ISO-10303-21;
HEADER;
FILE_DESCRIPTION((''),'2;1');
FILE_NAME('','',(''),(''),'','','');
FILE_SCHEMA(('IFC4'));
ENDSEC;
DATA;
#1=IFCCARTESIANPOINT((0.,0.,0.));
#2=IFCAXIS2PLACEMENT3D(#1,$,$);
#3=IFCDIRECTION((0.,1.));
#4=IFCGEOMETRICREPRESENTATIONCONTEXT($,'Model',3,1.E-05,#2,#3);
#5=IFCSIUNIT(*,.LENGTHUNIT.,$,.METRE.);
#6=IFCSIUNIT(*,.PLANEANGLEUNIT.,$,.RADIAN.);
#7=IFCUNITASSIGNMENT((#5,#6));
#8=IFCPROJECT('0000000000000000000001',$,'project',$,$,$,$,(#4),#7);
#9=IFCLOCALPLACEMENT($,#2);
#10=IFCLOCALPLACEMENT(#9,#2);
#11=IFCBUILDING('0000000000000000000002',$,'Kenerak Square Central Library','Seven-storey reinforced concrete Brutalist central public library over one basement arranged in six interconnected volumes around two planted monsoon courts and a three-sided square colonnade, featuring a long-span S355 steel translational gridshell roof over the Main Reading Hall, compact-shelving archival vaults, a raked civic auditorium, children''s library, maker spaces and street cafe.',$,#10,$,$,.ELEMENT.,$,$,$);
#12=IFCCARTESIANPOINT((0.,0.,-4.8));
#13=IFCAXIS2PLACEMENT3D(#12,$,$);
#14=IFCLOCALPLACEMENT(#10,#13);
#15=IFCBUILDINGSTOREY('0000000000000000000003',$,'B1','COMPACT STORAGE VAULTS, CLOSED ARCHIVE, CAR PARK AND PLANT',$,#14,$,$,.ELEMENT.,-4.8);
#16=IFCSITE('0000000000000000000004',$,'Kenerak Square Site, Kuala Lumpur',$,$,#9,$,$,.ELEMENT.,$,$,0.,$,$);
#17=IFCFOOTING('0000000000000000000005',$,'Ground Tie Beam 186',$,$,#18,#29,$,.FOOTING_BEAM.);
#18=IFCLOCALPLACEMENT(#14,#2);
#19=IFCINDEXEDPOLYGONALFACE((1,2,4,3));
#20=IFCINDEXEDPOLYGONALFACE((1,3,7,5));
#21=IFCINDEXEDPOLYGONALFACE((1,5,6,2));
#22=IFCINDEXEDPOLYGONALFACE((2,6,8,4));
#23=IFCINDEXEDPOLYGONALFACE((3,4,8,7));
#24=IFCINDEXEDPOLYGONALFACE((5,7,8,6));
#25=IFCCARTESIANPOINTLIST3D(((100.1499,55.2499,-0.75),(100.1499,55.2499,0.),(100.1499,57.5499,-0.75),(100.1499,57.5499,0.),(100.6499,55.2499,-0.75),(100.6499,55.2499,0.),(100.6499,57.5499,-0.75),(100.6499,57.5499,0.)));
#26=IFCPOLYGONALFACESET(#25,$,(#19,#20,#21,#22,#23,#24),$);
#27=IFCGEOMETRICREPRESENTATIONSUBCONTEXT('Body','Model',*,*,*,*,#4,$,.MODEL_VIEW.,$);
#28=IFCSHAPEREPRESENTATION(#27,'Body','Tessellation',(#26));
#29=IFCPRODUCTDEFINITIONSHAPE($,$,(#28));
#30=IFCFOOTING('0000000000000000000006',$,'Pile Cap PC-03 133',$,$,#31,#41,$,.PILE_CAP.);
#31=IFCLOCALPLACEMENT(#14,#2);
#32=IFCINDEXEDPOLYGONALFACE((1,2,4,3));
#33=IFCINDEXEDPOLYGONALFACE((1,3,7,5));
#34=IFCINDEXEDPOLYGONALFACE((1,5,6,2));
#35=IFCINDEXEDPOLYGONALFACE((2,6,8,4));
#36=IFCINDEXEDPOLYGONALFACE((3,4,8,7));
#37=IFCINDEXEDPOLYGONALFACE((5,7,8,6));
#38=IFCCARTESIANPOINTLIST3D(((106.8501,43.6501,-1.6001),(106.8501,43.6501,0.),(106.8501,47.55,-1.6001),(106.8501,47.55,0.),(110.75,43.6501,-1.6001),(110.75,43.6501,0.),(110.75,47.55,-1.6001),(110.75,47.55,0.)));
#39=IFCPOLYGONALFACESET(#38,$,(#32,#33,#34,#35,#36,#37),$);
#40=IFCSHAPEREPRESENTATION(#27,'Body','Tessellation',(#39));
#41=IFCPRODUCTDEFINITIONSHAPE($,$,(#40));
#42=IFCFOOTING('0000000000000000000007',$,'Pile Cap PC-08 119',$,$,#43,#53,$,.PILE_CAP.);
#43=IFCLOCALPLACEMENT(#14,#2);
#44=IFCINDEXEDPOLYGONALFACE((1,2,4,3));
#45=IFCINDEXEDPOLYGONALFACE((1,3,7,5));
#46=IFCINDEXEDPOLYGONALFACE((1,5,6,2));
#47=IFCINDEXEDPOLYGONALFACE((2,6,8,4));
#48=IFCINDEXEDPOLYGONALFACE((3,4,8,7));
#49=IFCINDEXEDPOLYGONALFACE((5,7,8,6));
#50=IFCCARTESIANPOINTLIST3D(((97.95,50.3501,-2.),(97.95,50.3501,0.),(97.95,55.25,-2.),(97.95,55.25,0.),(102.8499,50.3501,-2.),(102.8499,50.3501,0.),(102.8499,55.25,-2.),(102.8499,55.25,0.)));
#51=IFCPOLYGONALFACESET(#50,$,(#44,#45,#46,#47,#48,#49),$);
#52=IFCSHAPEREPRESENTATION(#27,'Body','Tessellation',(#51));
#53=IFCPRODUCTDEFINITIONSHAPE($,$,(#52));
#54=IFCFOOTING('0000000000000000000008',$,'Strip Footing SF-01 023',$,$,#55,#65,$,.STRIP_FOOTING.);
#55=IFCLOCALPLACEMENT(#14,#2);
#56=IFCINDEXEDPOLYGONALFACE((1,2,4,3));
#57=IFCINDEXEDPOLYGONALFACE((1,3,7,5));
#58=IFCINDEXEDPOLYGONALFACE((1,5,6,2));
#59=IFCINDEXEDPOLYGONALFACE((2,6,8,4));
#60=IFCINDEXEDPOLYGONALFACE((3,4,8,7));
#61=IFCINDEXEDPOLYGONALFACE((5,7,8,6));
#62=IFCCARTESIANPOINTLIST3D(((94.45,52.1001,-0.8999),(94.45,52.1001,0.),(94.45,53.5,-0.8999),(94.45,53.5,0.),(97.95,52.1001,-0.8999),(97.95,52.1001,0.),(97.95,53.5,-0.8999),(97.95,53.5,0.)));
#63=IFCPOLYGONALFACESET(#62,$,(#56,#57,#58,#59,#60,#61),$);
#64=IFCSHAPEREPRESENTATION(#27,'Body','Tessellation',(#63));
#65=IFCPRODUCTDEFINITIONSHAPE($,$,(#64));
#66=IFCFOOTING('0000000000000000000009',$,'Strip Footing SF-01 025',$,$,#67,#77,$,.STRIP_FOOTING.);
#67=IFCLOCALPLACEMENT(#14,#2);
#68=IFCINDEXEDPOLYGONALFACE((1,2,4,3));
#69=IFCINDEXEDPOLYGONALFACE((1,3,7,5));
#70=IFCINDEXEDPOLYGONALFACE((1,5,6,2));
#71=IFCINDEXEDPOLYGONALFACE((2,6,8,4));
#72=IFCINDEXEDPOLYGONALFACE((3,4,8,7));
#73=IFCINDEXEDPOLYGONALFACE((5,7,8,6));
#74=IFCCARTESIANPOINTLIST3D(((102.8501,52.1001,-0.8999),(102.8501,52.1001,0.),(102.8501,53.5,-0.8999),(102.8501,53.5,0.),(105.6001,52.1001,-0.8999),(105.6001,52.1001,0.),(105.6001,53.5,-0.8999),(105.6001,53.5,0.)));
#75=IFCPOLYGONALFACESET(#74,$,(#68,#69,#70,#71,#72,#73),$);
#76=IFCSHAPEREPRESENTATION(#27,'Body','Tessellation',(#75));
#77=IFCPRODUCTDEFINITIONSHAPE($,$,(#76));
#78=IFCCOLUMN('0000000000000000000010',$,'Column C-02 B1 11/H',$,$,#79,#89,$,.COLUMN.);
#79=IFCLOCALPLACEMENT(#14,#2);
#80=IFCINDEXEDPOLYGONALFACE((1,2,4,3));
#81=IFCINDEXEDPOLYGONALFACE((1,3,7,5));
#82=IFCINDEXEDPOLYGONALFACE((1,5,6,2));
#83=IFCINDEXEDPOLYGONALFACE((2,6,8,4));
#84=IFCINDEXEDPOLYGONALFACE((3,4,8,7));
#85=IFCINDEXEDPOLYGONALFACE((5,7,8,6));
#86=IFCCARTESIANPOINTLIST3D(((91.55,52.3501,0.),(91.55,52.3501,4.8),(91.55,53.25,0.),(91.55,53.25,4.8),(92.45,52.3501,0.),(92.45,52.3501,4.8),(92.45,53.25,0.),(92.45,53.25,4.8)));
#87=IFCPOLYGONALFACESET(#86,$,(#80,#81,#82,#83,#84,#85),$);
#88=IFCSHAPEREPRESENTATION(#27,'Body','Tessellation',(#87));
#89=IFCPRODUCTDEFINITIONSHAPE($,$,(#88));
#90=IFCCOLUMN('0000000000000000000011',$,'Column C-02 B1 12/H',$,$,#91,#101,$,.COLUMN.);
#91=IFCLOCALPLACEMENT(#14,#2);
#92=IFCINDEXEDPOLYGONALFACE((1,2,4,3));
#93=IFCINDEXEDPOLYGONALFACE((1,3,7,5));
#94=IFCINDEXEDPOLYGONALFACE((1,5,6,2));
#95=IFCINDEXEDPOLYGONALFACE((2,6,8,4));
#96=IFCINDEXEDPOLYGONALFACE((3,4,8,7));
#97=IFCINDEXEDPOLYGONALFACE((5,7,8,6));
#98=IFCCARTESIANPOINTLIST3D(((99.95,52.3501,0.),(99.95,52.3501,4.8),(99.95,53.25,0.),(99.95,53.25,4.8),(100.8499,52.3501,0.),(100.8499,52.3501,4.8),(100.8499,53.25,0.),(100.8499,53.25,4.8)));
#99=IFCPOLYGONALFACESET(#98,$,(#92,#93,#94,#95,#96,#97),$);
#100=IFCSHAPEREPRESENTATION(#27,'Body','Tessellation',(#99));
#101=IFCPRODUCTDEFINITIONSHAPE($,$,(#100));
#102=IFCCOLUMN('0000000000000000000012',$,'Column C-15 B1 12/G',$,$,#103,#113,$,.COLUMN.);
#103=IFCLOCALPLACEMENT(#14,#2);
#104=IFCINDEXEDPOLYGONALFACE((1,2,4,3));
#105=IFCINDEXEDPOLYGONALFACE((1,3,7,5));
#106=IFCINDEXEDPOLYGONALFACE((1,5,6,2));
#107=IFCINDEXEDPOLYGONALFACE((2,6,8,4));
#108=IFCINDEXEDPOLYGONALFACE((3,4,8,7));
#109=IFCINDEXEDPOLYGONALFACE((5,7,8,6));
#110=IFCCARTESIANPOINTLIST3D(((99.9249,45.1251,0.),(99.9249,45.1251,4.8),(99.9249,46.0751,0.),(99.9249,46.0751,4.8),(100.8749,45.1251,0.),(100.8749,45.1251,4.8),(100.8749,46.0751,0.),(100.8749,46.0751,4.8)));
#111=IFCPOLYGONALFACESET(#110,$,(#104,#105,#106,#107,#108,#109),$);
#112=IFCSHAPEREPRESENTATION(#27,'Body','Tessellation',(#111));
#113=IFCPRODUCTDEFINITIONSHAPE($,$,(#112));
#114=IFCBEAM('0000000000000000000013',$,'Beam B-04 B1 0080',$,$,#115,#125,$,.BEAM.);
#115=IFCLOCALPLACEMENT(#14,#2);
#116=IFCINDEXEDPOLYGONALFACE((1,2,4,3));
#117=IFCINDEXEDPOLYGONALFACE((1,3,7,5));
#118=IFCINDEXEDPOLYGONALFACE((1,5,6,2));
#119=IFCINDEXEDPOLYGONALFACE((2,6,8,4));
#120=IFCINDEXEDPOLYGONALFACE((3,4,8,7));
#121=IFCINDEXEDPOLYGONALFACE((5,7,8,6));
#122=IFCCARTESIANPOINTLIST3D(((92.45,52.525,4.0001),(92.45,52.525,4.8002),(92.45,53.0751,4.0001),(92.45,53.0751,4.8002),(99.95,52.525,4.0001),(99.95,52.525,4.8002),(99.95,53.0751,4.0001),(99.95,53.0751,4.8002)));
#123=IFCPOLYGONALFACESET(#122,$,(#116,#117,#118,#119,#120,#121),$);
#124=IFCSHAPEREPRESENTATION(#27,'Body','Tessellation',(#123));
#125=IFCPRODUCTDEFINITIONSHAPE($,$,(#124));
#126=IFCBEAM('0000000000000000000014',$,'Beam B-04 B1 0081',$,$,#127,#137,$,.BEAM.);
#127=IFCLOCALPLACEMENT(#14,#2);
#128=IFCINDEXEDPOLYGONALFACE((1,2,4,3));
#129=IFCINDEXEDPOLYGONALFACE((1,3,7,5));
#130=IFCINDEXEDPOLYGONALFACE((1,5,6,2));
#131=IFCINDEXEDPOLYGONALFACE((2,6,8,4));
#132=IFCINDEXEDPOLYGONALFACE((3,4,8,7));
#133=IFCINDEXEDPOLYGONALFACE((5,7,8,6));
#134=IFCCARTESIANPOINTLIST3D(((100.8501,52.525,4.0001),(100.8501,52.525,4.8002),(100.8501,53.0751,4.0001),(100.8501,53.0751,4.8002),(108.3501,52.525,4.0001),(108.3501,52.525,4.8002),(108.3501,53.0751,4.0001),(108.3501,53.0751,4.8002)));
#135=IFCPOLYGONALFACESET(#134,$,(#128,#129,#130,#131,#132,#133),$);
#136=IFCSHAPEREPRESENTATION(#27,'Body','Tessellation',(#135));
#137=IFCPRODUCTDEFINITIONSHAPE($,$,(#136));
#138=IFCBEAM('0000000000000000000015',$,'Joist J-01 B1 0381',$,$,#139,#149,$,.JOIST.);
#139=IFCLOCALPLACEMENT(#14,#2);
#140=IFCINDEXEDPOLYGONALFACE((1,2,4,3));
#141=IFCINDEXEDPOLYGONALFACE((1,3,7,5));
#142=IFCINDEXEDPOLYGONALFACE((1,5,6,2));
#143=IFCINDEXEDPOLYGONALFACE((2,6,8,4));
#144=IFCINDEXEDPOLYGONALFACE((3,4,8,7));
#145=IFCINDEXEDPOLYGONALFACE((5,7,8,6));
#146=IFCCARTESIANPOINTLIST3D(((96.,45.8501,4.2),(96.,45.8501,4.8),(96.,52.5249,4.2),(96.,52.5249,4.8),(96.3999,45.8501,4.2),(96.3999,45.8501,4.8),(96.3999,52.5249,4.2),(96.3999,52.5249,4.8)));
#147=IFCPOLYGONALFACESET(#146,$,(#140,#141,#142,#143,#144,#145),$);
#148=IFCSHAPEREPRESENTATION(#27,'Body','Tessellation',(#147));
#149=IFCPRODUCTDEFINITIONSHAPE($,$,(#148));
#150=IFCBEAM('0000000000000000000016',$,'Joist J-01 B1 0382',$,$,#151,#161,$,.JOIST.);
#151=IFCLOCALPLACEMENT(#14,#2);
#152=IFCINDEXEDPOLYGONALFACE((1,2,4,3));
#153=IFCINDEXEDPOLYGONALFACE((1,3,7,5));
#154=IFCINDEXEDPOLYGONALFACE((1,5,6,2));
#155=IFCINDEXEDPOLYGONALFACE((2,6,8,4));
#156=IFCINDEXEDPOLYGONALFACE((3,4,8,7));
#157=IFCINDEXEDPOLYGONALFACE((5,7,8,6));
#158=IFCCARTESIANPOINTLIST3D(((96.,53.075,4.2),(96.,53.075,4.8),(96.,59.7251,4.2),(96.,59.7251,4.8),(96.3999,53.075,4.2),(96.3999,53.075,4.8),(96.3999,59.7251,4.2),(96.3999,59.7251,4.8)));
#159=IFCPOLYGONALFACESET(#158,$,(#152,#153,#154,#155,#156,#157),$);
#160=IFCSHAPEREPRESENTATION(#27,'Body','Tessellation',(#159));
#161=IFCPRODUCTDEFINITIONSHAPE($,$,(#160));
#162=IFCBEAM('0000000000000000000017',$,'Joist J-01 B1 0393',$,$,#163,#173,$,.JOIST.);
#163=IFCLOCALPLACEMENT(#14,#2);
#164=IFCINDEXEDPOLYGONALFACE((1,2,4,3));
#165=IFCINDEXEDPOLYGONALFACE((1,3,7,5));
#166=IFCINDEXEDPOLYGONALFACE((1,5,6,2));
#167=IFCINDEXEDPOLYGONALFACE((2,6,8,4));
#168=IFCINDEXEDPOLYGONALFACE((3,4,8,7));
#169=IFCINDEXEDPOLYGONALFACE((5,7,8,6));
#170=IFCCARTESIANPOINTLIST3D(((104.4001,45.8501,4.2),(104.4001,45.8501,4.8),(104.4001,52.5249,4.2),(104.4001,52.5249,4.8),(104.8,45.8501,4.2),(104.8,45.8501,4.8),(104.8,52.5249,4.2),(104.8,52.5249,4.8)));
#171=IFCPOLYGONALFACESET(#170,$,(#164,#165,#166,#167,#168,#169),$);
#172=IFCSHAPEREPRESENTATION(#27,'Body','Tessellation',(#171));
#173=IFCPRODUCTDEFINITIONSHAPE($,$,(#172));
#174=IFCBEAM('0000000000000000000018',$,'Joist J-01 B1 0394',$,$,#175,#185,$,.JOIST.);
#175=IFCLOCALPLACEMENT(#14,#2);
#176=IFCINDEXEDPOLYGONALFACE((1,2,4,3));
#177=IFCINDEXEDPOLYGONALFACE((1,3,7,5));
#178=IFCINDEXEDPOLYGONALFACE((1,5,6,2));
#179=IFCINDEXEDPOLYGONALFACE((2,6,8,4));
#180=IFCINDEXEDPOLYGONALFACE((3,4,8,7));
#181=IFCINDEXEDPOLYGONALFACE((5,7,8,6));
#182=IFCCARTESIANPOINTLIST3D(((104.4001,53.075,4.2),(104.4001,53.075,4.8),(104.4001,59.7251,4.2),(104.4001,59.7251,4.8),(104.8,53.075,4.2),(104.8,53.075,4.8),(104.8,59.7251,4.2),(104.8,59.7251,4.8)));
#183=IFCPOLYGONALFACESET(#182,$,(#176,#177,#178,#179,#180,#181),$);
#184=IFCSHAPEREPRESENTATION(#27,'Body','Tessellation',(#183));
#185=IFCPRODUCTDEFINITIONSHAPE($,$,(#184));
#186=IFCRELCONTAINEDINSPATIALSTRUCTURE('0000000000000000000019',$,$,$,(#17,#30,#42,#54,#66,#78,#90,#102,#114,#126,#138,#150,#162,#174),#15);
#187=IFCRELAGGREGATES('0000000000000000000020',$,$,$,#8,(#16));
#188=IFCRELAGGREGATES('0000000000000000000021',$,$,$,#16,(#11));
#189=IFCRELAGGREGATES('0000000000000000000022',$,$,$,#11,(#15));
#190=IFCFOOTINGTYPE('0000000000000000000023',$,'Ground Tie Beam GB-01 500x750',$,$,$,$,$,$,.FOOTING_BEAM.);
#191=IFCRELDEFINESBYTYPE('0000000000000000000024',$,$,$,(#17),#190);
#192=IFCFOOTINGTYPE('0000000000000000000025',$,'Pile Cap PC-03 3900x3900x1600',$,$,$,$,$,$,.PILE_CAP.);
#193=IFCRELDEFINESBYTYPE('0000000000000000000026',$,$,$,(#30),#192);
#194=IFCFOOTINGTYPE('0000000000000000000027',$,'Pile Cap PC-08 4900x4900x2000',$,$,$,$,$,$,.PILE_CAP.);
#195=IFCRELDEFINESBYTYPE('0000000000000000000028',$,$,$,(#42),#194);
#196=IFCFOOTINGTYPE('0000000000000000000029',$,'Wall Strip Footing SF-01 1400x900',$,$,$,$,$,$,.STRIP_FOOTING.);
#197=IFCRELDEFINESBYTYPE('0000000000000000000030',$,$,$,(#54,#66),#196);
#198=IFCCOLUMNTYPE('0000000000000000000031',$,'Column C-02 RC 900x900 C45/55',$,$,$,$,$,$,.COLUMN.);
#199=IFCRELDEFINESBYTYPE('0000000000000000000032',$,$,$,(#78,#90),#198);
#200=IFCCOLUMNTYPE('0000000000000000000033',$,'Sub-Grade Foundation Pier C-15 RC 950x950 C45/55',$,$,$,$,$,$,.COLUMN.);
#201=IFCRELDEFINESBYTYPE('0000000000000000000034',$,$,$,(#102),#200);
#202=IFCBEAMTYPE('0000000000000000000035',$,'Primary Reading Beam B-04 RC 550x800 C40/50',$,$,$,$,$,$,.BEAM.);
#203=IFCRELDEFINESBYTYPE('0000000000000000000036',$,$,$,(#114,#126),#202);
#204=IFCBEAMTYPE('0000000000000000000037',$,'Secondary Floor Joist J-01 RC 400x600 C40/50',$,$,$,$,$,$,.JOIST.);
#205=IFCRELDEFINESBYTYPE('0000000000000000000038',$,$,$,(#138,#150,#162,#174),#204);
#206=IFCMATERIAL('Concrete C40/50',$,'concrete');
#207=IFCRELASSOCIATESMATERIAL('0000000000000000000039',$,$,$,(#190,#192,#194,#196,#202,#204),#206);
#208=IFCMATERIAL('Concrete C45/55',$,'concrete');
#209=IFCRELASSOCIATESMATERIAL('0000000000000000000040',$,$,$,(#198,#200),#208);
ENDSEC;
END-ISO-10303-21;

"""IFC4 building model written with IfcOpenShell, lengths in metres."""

from ifc_helpers import new_model, si_unit, direction, frame, origin, origin_2d, place, context, subcontext, project, spatial, rectangle, extrude, material, material_profile, profile_set, type_object, element, save


model = new_model("IFC4")

# Units and contexts
model_context = context("Model", 3, precision=1e-05, world=origin(), true_north=direction((0.0, 1.0)))
body_context = subcontext(model_context, "Body", "Model", "MODEL_VIEW")
ifc_project = project(units=[si_unit("LENGTHUNIT", "METRE"), si_unit("PLANEANGLEUNIT", "RADIAN")], contexts=[model_context])

# Site, building, storey
site_placement = place(None, origin())
site = spatial("IfcSite", under=ifc_project, at=site_placement, Name="Kenerak Square Site, Kuala Lumpur", CompositionType="ELEMENT", RefElevation=0.0)
building_placement = place(site_placement, origin())
building = spatial("IfcBuilding", under=site, at=building_placement, Name="Kenerak Square Central Library", Description="Seven-storey reinforced concrete Brutalist central public library over one basement arranged in six interconnected volumes around two planted monsoon courts and a three-sided square colonnade, featuring a long-span S355 steel translational gridshell roof over the Main Reading Hall, compact-shelving archival vaults, a raked civic auditorium, children's library, maker spaces and street cafe.", CompositionType="ELEMENT")
storey_placement = place(building_placement, frame((0.0, 0.0, -4.8)))
storey = spatial("IfcBuildingStorey", under=building, at=storey_placement, Name="B1", Description="COMPACT STORAGE VAULTS, CLOSED ARCHIVE, CAR PARK AND PLANT", CompositionType="ELEMENT", Elevation=-4.8)

# Shared definitions
ifc_material_1 = material(Name="Concrete C40/50", Category="concrete")

# Footings
footing_type_1 = type_object("IfcFootingType", Name="Ground Tie Beam GB-01 500x750", PredefinedType="FOOTING_BEAM", material=ifc_material_1)
footing_1_placement = place(storey_placement, frame((100.3999, 56.3999, -0.75), z_axis=(0.0, 0.0, 1.0), x_axis=(1.0, 0.0, 0.0)))
element("IfcFooting", 1, at=footing_1_placement, inside=storey, type_object=footing_type_1, Name="Ground Tie Beam 186", PredefinedType="FOOTING_BEAM", context=body_context, shape_type="SweptSolid", body=[
    extrude(rectangle(XDim=0.5, YDim=2.3, at=origin_2d()), origin(), (0.0, 0.0, 1.0), 0.75),
])
footing_type_2 = type_object("IfcFootingType", Name="Pile Cap PC-03 3900x3900x1600", PredefinedType="PILE_CAP", material=ifc_material_1)
footing_2_placement = place(storey_placement, frame((108.8, 45.6001, -1.6001), z_axis=(0.0, 0.0, 1.0), x_axis=(1.0, 0.0, 0.0)))
element("IfcFooting", 2, at=footing_2_placement, inside=storey, type_object=footing_type_2, Name="Pile Cap PC-03 133", PredefinedType="PILE_CAP", context=body_context, shape_type="SweptSolid", body=[
    extrude(rectangle(XDim=3.8999, YDim=3.8999, at=origin_2d()), origin(), (0.0, 0.0, 1.0), 1.6001),
])
footing_type_3 = type_object("IfcFootingType", Name="Pile Cap PC-08 4900x4900x2000", PredefinedType="PILE_CAP", material=ifc_material_1)
footing_3_placement = place(storey_placement, frame((100.3999, 52.8, -2.0), z_axis=(0.0, 0.0, 1.0), x_axis=(1.0, 0.0, 0.0)))
element("IfcFooting", 3, at=footing_3_placement, inside=storey, type_object=footing_type_3, Name="Pile Cap PC-08 119", PredefinedType="PILE_CAP", context=body_context, shape_type="SweptSolid", body=[
    extrude(rectangle(XDim=4.8999, YDim=4.8999, at=origin_2d()), origin(), (0.0, 0.0, 1.0), 2.0),
])
footing_type_4 = type_object("IfcFootingType", Name="Wall Strip Footing SF-01 1400x900", PredefinedType="STRIP_FOOTING", material=ifc_material_1)
footing_4_placement = place(storey_placement, frame((96.2, 52.8, -0.8999), z_axis=(0.0, 0.0, 1.0), x_axis=(1.0, 0.0, 0.0)))
element("IfcFooting", 4, at=footing_4_placement, inside=storey, type_object=footing_type_4, Name="Strip Footing SF-01 023", PredefinedType="STRIP_FOOTING", context=body_context, shape_type="SweptSolid", body=[
    extrude(rectangle(XDim=3.5, YDim=1.3999, at=origin_2d()), origin(), (0.0, 0.0, 1.0), 0.8999),
])
footing_5_placement = place(storey_placement, frame((104.2251, 52.8, -0.8999), z_axis=(0.0, 0.0, 1.0), x_axis=(1.0, 0.0, 0.0)))
element("IfcFooting", 5, at=footing_5_placement, inside=storey, type_object=footing_type_4, Name="Strip Footing SF-01 025", PredefinedType="STRIP_FOOTING", context=body_context, shape_type="SweptSolid", body=[
    extrude(rectangle(XDim=2.75, YDim=1.3999, at=origin_2d()), origin(), (0.0, 0.0, 1.0), 0.8999),
])

# Columns
ifc_material_2 = material(Name="Concrete C45/55", Category="concrete")
ifc_material_profile_1 = material_profile(ifc_material_2, rectangle(XDim=0.8999, YDim=0.8999, at=origin_2d()), Name="RC 900x900")
ifc_profile_set_1 = profile_set([ifc_material_profile_1], Name="Concrete C45/55")
column_type_1 = type_object("IfcColumnType", Name="Column C-02 RC 900x900 C45/55", PredefinedType="COLUMN", material=ifc_profile_set_1)
for number, where, z_axis, x_axis, name in (
    (6, (92.0, 52.8, 0.0), (0.0, 0.0, 1.0), (1.0, 0.0, 0.0), "Column C-02 B1 11/H"),
    (7, (100.3999, 52.8, 0.0), (0.0, 0.0, 1.0), (1.0, 0.0, 0.0), "Column C-02 B1 12/H"),
):
    element("IfcColumn", number, at=place(storey_placement, frame(where, z_axis=z_axis, x_axis=x_axis)), inside=storey, type_object=column_type_1, Name=name, PredefinedType="COLUMN", context=body_context, shape_type="SweptSolid", body=[
        extrude(rectangle(XDim=0.8999, YDim=0.8999, at=origin_2d()), origin(), (0.0, 0.0, 1.0), 4.8),
    ])
ifc_material_profile_2 = material_profile(ifc_material_2, rectangle(XDim=0.95, YDim=0.95, at=origin_2d()), Name="RC 950x950")
ifc_profile_set_2 = profile_set([ifc_material_profile_2], Name="Concrete C45/55")
column_type_2 = type_object("IfcColumnType", Name="Sub-Grade Foundation Pier C-15 RC 950x950 C45/55", PredefinedType="COLUMN", material=ifc_profile_set_2)
column_placement = place(storey_placement, frame((100.3999, 45.6001, 0.0), z_axis=(0.0, 0.0, 1.0), x_axis=(1.0, 0.0, 0.0)))
element("IfcColumn", 8, at=column_placement, inside=storey, type_object=column_type_2, Name="Column C-15 B1 12/G", PredefinedType="COLUMN", context=body_context, shape_type="SweptSolid", body=[
    extrude(rectangle(XDim=0.95, YDim=0.95, at=origin_2d()), origin(), (0.0, 0.0, 1.0), 4.8),
])

# Beams
ifc_material_profile_3 = material_profile(ifc_material_1, rectangle(XDim=0.55, YDim=0.8, at=origin_2d()), Name="RC 550x800")
ifc_profile_set_3 = profile_set([ifc_material_profile_3], Name="Concrete C40/50")
beam_type_1 = type_object("IfcBeamType", Name="Primary Reading Beam B-04 RC 550x800 C40/50", PredefinedType="BEAM", material=ifc_profile_set_3)
for number, where, z_axis, x_axis, name in (
    (9, (92.45, 52.8, 4.4001), (1.0, 0.0, 0.0), (0.0, 1.0, 0.0), "Beam B-04 B1 0080"),
    (10, (100.8501, 52.8, 4.4001), (1.0, 0.0, 0.0), (0.0, 1.0, 0.0), "Beam B-04 B1 0081"),
):
    element("IfcBeam", number, at=place(storey_placement, frame(where, z_axis=z_axis, x_axis=x_axis)), inside=storey, type_object=beam_type_1, Name=name, PredefinedType="BEAM", context=body_context, shape_type="SweptSolid", body=[
        extrude(rectangle(XDim=0.55, YDim=0.8, at=origin_2d()), origin(), (0.0, 0.0, 1.0), 7.5),
    ])
ifc_material_profile_4 = material_profile(ifc_material_1, rectangle(XDim=0.3999, YDim=0.6001, at=origin_2d()), Name="RC 400x600")
ifc_profile_set_4 = profile_set([ifc_material_profile_4], Name="Concrete C40/50")
beam_type_2 = type_object("IfcBeamType", Name="Secondary Floor Joist J-01 RC 400x600 C40/50", PredefinedType="JOIST", material=ifc_profile_set_4)
beam_1_placement = place(storey_placement, frame((96.2, 45.8501, 4.5), z_axis=(0.0, 1.0, 0.0), x_axis=(-1.0, 0.0, 0.0)))
element("IfcBeam", 11, at=beam_1_placement, inside=storey, type_object=beam_type_2, Name="Joist J-01 B1 0381", PredefinedType="JOIST", context=body_context, shape_type="SweptSolid", body=[
    extrude(rectangle(XDim=0.3999, YDim=0.6001, at=origin_2d()), origin(), (0.0, 0.0, 1.0), 6.6748),
])
beam_2_placement = place(storey_placement, frame((96.2, 53.075, 4.5), z_axis=(0.0, 1.0, 0.0), x_axis=(-1.0, 0.0, 0.0)))
element("IfcBeam", 12, at=beam_2_placement, inside=storey, type_object=beam_type_2, Name="Joist J-01 B1 0382", PredefinedType="JOIST", context=body_context, shape_type="SweptSolid", body=[
    extrude(rectangle(XDim=0.3999, YDim=0.6001, at=origin_2d()), origin(), (0.0, 0.0, 1.0), 6.6501),
])
beam_3_placement = place(storey_placement, frame((104.6001, 45.8501, 4.5), z_axis=(0.0, 1.0, 0.0), x_axis=(-1.0, 0.0, 0.0)))
element("IfcBeam", 13, at=beam_3_placement, inside=storey, type_object=beam_type_2, Name="Joist J-01 B1 0393", PredefinedType="JOIST", context=body_context, shape_type="SweptSolid", body=[
    extrude(rectangle(XDim=0.3999, YDim=0.6001, at=origin_2d()), origin(), (0.0, 0.0, 1.0), 6.6748),
])
beam_4_placement = place(storey_placement, frame((104.6001, 53.075, 4.5), z_axis=(0.0, 1.0, 0.0), x_axis=(-1.0, 0.0, 0.0)))
element("IfcBeam", 14, at=beam_4_placement, inside=storey, type_object=beam_type_2, Name="Joist J-01 B1 0394", PredefinedType="JOIST", context=body_context, shape_type="SweptSolid", body=[
    extrude(rectangle(XDim=0.3999, YDim=0.6001, at=origin_2d()), origin(), (0.0, 0.0, 1.0), 6.6501),
])

save(model, "model.ifc")
